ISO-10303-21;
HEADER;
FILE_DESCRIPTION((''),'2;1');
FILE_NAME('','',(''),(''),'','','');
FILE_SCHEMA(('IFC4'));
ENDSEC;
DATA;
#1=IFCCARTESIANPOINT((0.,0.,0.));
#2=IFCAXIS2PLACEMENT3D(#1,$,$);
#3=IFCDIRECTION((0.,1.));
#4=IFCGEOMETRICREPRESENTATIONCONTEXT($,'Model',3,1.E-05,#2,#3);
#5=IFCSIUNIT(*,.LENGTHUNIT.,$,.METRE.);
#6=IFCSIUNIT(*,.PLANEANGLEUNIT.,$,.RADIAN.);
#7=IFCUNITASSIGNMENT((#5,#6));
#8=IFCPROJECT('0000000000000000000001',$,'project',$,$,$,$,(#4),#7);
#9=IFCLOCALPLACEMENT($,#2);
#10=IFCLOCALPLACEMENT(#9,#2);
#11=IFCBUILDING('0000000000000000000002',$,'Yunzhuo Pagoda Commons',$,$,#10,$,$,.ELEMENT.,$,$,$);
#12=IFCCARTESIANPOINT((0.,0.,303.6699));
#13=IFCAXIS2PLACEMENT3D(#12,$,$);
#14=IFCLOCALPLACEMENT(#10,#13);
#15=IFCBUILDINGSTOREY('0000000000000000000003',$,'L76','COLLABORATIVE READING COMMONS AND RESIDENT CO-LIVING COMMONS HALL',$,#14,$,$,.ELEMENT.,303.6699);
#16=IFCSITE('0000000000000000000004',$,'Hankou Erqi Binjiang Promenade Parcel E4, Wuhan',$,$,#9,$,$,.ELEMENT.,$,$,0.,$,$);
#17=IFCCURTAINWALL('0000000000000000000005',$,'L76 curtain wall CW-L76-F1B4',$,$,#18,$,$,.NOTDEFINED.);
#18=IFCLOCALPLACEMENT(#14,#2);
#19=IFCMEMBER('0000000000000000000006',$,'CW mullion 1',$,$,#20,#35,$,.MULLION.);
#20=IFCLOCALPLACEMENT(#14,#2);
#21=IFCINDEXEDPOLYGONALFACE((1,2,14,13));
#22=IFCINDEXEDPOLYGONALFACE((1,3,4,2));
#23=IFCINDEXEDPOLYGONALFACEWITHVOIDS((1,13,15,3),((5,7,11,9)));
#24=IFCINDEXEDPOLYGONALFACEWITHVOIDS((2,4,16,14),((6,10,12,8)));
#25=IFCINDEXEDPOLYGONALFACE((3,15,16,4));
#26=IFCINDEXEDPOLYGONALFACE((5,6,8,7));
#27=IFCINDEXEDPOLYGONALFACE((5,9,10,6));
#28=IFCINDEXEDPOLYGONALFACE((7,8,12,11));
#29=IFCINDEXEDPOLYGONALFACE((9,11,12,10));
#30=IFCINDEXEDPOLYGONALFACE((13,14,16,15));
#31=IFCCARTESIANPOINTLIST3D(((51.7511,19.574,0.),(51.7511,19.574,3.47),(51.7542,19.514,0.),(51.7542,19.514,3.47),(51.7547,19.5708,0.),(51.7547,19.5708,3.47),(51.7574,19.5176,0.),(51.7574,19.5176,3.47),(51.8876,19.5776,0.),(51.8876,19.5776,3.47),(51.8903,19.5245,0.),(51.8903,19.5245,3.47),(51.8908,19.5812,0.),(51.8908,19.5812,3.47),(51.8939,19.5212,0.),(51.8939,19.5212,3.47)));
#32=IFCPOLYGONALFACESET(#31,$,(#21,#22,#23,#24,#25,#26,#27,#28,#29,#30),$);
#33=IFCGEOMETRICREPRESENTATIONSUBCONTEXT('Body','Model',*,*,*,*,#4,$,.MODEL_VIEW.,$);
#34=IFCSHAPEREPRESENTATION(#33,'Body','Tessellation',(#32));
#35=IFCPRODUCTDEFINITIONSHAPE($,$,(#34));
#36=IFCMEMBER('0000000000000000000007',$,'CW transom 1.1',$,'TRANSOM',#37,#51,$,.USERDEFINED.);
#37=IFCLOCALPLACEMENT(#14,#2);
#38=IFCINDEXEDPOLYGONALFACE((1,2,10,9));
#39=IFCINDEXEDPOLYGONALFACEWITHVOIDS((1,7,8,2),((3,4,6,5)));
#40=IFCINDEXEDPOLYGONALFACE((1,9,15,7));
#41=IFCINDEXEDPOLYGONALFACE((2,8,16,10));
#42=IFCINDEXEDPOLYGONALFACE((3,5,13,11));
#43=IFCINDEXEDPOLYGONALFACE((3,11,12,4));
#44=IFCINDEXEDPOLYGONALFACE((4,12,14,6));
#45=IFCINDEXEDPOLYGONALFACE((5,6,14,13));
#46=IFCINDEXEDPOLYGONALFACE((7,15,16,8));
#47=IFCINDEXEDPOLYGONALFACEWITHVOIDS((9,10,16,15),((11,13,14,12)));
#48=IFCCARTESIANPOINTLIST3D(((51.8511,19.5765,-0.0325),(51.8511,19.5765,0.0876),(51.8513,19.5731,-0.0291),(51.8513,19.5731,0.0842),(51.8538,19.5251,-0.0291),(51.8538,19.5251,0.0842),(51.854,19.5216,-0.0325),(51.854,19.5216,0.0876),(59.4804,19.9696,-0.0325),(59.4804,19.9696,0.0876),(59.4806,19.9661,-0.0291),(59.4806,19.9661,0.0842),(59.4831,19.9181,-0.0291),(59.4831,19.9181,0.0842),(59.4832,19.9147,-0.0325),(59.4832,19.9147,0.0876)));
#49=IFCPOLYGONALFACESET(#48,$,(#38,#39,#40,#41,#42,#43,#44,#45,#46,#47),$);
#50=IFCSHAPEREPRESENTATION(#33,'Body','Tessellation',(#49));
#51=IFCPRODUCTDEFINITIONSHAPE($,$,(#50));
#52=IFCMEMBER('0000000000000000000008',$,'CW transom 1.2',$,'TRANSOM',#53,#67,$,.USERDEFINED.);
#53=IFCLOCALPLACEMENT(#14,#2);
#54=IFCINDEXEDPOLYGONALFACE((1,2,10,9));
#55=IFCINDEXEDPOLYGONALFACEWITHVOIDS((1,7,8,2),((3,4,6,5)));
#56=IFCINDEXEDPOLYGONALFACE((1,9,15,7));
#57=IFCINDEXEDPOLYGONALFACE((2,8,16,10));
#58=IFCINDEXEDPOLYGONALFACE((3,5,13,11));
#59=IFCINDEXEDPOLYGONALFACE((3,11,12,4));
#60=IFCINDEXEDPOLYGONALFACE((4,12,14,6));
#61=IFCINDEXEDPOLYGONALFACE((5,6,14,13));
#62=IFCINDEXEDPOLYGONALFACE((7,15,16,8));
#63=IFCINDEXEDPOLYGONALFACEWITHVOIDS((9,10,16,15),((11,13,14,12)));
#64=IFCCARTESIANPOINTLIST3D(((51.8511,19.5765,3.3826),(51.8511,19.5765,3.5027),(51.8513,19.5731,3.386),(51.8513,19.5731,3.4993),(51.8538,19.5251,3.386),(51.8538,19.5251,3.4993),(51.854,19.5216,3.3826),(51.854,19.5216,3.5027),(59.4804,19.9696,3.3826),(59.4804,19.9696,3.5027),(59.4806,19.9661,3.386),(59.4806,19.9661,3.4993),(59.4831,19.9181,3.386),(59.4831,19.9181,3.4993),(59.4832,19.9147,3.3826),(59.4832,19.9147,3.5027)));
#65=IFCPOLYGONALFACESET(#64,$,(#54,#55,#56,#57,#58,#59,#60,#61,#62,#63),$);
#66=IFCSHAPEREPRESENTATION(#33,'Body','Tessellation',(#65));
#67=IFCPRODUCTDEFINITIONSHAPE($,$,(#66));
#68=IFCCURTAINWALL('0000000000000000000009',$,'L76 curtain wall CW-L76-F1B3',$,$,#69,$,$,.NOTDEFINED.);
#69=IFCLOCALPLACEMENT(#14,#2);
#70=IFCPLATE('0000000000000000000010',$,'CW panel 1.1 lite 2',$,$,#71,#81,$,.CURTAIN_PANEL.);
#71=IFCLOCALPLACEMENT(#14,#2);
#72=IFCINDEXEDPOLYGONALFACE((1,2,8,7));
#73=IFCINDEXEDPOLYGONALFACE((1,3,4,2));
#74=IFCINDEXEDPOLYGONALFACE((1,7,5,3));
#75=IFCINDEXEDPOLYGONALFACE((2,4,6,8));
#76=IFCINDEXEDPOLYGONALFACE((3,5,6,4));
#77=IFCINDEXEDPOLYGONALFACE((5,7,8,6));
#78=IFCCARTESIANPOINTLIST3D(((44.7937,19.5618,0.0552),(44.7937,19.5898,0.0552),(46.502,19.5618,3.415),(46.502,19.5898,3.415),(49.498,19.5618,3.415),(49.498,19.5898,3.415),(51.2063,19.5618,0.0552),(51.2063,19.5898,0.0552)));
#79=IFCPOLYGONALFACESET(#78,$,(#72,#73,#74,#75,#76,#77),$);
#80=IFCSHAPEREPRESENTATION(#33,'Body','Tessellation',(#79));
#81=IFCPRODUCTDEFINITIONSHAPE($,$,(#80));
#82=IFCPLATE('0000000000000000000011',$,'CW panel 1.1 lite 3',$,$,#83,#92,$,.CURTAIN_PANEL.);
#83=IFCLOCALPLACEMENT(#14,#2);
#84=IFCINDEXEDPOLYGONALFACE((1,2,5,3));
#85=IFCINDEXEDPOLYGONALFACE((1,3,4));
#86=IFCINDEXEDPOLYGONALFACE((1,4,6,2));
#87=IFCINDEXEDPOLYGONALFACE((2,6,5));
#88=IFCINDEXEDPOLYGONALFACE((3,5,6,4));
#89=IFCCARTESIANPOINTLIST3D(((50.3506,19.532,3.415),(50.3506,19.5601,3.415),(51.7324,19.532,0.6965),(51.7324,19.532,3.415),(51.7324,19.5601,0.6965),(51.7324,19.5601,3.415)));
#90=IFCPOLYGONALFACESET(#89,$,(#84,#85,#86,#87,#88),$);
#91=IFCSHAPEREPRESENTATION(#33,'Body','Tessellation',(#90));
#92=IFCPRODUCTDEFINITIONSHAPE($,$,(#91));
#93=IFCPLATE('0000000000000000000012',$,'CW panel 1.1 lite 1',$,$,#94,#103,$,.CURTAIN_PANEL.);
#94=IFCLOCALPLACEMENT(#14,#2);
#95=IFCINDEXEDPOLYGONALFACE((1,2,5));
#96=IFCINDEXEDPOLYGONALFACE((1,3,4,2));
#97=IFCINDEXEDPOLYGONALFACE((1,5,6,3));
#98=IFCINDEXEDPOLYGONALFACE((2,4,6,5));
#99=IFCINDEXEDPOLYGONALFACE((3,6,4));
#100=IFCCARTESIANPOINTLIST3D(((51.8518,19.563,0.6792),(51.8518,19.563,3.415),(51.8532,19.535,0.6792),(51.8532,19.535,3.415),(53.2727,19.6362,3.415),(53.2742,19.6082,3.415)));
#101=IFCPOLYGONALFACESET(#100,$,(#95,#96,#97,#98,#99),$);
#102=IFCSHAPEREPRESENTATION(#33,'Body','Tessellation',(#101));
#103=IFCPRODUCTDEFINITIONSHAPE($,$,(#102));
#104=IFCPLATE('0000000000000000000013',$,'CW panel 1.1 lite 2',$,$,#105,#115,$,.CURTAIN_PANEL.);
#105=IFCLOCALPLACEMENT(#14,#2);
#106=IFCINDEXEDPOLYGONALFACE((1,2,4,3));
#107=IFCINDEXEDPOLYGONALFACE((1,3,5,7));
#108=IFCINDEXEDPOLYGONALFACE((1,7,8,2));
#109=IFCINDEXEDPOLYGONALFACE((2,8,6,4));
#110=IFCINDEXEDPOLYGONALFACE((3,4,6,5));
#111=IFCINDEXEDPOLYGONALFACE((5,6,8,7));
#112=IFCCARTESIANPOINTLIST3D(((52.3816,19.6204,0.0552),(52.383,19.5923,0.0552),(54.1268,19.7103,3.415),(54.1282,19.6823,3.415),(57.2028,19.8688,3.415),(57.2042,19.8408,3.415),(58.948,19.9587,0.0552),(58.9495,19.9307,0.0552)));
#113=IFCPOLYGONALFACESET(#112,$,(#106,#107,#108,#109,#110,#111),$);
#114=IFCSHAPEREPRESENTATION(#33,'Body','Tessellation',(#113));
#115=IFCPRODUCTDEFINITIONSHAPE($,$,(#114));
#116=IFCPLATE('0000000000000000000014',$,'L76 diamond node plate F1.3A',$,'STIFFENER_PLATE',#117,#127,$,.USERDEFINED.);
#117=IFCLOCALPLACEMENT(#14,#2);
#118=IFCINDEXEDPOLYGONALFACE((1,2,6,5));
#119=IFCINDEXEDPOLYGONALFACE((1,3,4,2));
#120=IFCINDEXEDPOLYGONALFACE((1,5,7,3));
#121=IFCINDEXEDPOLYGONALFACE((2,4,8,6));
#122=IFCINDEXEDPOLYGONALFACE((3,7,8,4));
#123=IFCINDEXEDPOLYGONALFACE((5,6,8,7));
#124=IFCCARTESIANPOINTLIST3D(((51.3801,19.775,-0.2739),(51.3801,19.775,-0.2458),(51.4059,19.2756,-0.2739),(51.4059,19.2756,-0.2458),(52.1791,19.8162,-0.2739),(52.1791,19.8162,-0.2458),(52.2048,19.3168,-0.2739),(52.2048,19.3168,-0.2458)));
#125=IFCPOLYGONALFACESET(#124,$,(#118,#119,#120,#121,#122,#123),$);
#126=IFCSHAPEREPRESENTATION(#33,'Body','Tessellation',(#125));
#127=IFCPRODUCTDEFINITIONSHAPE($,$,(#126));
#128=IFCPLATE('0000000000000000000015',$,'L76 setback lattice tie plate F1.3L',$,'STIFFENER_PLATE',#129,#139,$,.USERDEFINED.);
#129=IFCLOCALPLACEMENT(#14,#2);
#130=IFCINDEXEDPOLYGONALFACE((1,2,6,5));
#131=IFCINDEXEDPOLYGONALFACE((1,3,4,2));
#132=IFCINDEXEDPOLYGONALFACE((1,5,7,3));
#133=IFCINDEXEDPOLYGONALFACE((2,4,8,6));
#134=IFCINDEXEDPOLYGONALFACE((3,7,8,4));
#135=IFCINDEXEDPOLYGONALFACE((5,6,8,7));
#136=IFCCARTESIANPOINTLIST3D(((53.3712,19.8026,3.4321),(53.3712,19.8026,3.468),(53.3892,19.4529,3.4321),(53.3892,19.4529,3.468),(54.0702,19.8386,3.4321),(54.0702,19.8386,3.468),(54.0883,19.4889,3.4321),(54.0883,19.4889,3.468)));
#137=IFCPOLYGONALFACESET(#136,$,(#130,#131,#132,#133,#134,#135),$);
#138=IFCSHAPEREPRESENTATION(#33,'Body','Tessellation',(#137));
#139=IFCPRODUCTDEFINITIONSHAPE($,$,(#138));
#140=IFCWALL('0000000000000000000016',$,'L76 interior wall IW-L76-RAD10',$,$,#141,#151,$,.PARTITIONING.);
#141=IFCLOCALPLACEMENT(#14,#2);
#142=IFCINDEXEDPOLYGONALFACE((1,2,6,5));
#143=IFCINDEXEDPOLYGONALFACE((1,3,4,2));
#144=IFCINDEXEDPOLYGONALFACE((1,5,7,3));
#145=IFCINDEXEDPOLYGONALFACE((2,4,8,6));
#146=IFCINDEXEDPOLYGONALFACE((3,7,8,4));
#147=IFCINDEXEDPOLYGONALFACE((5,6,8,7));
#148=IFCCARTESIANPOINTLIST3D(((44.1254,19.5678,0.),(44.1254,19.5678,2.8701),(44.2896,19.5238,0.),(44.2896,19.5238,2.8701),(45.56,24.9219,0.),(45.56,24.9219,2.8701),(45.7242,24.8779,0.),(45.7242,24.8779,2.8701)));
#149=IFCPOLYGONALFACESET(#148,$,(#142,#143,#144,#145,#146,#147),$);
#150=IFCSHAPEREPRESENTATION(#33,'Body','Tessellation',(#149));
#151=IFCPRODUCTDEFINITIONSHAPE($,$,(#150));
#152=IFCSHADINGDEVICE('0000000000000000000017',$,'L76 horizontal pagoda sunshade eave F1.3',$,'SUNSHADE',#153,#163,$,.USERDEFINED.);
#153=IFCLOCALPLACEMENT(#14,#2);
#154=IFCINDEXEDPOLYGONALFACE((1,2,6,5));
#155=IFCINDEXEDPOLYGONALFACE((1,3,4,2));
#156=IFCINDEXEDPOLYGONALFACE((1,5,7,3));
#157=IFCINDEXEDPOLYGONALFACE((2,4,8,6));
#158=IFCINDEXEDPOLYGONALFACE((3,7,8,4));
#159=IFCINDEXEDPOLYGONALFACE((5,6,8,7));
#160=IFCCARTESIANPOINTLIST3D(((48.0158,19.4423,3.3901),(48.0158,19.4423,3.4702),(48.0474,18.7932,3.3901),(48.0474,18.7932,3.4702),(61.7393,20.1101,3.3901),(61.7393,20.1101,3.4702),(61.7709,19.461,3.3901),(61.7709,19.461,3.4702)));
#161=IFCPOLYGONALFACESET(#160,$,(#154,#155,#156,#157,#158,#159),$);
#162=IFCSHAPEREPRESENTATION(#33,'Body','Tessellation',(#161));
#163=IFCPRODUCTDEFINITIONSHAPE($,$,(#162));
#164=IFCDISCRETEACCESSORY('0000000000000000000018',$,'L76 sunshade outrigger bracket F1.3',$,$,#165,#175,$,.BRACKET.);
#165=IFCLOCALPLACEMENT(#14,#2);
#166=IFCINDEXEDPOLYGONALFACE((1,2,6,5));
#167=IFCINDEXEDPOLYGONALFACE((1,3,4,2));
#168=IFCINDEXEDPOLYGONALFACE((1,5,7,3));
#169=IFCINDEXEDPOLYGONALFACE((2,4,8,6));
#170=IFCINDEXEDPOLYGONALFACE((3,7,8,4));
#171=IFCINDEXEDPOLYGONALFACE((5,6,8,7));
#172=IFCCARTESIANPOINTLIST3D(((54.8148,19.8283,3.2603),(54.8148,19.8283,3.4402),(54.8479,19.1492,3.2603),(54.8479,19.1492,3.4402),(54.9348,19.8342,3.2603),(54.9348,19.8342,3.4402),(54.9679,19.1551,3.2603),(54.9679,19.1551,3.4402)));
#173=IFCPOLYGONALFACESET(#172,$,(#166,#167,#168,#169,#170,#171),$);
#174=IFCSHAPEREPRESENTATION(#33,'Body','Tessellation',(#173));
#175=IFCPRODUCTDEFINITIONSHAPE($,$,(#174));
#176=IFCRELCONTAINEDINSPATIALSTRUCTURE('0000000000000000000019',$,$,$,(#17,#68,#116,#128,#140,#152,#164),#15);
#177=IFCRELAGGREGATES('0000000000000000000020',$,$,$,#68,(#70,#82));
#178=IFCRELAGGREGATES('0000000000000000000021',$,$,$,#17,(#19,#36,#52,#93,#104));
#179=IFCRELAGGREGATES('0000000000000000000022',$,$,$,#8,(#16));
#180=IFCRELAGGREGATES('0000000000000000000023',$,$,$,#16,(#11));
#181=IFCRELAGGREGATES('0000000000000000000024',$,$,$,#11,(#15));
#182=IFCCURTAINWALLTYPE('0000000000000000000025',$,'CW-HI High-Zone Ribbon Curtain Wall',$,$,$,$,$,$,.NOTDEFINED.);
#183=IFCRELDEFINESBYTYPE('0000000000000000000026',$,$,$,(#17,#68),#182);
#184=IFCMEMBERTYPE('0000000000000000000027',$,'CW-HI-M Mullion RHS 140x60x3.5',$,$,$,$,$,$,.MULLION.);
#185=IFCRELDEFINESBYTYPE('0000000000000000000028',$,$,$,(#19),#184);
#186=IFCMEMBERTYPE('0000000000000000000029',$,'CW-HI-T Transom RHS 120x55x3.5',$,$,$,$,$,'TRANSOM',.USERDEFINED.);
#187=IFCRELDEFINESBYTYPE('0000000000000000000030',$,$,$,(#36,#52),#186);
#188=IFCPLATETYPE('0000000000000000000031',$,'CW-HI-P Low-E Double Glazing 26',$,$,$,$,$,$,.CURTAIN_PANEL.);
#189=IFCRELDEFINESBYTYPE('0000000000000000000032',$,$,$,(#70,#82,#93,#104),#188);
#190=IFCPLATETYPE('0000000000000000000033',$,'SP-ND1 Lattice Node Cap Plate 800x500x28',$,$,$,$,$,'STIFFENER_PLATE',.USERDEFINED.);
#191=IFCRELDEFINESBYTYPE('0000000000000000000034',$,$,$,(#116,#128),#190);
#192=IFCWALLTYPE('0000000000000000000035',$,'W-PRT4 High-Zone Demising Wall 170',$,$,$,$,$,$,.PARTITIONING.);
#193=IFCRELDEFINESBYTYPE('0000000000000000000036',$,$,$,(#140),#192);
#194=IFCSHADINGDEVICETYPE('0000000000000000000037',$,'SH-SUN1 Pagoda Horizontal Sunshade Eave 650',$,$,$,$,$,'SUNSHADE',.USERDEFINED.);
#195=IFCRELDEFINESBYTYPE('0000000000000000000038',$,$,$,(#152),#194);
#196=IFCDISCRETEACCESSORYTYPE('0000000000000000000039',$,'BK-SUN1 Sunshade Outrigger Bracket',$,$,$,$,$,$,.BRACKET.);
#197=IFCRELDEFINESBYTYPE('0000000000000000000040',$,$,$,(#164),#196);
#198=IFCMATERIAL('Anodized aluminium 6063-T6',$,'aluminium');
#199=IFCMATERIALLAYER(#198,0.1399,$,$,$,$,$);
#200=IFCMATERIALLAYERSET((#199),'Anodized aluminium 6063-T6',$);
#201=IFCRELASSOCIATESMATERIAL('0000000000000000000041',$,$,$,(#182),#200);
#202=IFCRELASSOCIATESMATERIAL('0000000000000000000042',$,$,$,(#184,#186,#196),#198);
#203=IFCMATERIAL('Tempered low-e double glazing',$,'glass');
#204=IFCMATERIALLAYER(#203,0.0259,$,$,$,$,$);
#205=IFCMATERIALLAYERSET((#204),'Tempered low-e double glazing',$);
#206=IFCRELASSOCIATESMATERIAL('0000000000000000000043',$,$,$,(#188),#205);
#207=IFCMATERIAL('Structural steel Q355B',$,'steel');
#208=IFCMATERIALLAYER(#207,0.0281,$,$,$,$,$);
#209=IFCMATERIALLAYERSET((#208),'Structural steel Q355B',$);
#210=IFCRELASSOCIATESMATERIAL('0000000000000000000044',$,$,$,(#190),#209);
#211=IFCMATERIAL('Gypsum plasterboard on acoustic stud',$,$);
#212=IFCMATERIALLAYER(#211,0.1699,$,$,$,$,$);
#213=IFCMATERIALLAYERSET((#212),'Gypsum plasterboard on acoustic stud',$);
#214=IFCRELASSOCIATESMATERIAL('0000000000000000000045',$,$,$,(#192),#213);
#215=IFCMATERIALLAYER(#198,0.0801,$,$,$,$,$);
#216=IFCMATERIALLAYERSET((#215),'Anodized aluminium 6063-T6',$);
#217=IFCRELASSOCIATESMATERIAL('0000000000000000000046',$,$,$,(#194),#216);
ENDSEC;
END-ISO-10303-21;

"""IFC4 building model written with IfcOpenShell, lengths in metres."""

from ifc_helpers import new_model, si_unit, direction, frame, frame_2d, origin, origin_2d, place, context, subcontext, project, spatial, polyline, rectangle, hollow_rectangle, outline, extrude, source, transform, mapped, material, layer, layer_set, material_profile, profile_set, type_object, element, aggregate, save


model = new_model("IFC4")

# Units and contexts
model_context = context("Model", 3, precision=1e-05, world=origin(), true_north=direction((0.0, 1.0)))
body_context = subcontext(model_context, "Body", "Model", "MODEL_VIEW")
ifc_project = project(units=[si_unit("LENGTHUNIT", "METRE"), si_unit("PLANEANGLEUNIT", "RADIAN")], contexts=[model_context])

# Site, building, storey
site_placement = place(None, origin())
site = spatial("IfcSite", under=ifc_project, at=site_placement, Name="Hankou Erqi Binjiang Promenade Parcel E4, Wuhan", CompositionType="ELEMENT", RefElevation=0.0)
building_placement = place(site_placement, origin())
building = spatial("IfcBuilding", under=site, at=building_placement, Name="Yunzhuo Pagoda Commons", CompositionType="ELEMENT")
storey_placement = place(building_placement, frame((0.0, 0.0, 303.6699)))
storey = spatial("IfcBuildingStorey", under=building, at=storey_placement, Name="L76", Description="COLLABORATIVE READING COMMONS AND RESIDENT CO-LIVING COMMONS HALL", CompositionType="ELEMENT", Elevation=303.6699)

# Shared definitions
ifc_material_1 = material(Name="Structural steel Q355B", Category="steel")

# Curtain wall, members
ifc_material_2 = material(Name="Anodized aluminium 6063-T6", Category="aluminium")
ifc_layer_1 = layer(ifc_material_2, 0.1399)
ifc_layer_set_1 = layer_set([ifc_layer_1], Name="Anodized aluminium 6063-T6")
curtain_wall_type = type_object("IfcCurtainWallType", Name="CW-HI High-Zone Ribbon Curtain Wall", PredefinedType="NOTDEFINED", material=ifc_layer_set_1)
curtain_wall_1_placement = place(storey_placement, origin())
curtain_wall_1 = element("IfcCurtainWall", 1, at=curtain_wall_1_placement, inside=storey, type_object=curtain_wall_type, Name="L76 curtain wall CW-L76-F1B4", PredefinedType="NOTDEFINED")
ifc_material_profile_1 = material_profile(ifc_material_2, hollow_rectangle(XDim=0.0601, YDim=0.1399, WallThickness=0.0034, at=origin_2d()), Name="Anodized aluminium 6063-T6")
ifc_profile_set_1 = profile_set([ifc_material_profile_1], Name="Anodized aluminium 6063-T6")
member_type_1 = type_object("IfcMemberType", Name="CW-HI-M Mullion RHS 140x60x3.5", PredefinedType="MULLION", material=ifc_profile_set_1)
shared_shape_1 = source(origin(), body_context, "Body", "SweptSolid", [
    extrude(hollow_rectangle(XDim=0.0601, YDim=0.1399, WallThickness=0.0034, at=origin_2d()), origin(), (0.0, 0.0, 1.0), 3.47),
])
member_1_placement = place(storey_placement, frame((51.8225, 19.5476, 0.0), z_axis=(0.0, 0.0, 1.0), x_axis=(-0.051462, 0.998675, 0.0)))
member_1 = element("IfcMember", 2, at=member_1_placement, type_object=member_type_1, Name="CW mullion 1", PredefinedType="MULLION", context=body_context, shape_type="MappedRepresentation", body=[
    mapped(shared_shape_1, transform((0.0, 0.0, 0.0), scale=1.0)),
])
ifc_material_profile_2 = material_profile(ifc_material_2, hollow_rectangle(XDim=0.0549, YDim=0.1201, WallThickness=0.0034, at=origin_2d()), Name="Anodized aluminium 6063-T6")
ifc_profile_set_2 = profile_set([ifc_material_profile_2], Name="Anodized aluminium 6063-T6")
member_type_2 = type_object("IfcMemberType", Name="CW-HI-T Transom RHS 120x55x3.5", ElementType="TRANSOM", PredefinedType="USERDEFINED", material=ifc_profile_set_2)
shared_shape_2 = source(origin(), body_context, "Body", "SweptSolid", [
    extrude(hollow_rectangle(XDim=0.0549, YDim=0.1201, WallThickness=0.0034, at=origin_2d()), origin(), (0.0, 0.0, 1.0), 7.6394),
])
member_2_placement = place(storey_placement, frame((51.8525, 19.5491, 0.0276), z_axis=(0.998675, 0.051452, 0.0), x_axis=(-0.051452, 0.998675, 0.0)))
member_2 = element("IfcMember", 3, at=member_2_placement, type_object=member_type_2, Name="CW transom 1.1", ObjectType="TRANSOM", PredefinedType="USERDEFINED", context=body_context, shape_type="MappedRepresentation", body=[
    mapped(shared_shape_2, transform((0.0, 0.0, 0.0), scale=1.0)),
])
member_3_placement = place(storey_placement, frame((51.8525, 19.5491, 3.4426), z_axis=(0.998675, 0.051452, 0.0), x_axis=(-0.051452, 0.998675, 0.0)))
member_3 = element("IfcMember", 4, at=member_3_placement, type_object=member_type_2, Name="CW transom 1.2", ObjectType="TRANSOM", PredefinedType="USERDEFINED", context=body_context, shape_type="MappedRepresentation", body=[
    mapped(shared_shape_2, transform((0.0, 0.0, 0.0), scale=1.0)),
])

# Curtain wall, plates
curtain_wall_2_placement = place(storey_placement, origin())
curtain_wall_2 = element("IfcCurtainWall", 5, at=curtain_wall_2_placement, inside=storey, type_object=curtain_wall_type, Name="L76 curtain wall CW-L76-F1B3", PredefinedType="NOTDEFINED")
ifc_material_3 = material(Name="Tempered low-e double glazing", Category="glass")
ifc_layer_2 = layer(ifc_material_3, 0.0259)
ifc_layer_set_2 = layer_set([ifc_layer_2], Name="Tempered low-e double glazing")
plate_type_1 = type_object("IfcPlateType", Name="CW-HI-P Low-E Double Glazing 26", PredefinedType="CURTAIN_PANEL", material=ifc_layer_set_2)
plate_1_placement = place(storey_placement, frame((48.0, 19.5898, 1.7351), z_axis=(0.0, -1.0, 0.0), x_axis=(1.0, 0.0, 0.0)))
plate_1 = element("IfcPlate", 6, at=plate_1_placement, type_object=plate_type_1, Name="CW panel 1.1 lite 2", PredefinedType="CURTAIN_PANEL", context=body_context, shape_type="SweptSolid", body=[
    extrude(outline(polyline([(-3.2063, -1.6799), (3.2063, -1.6799), (1.498, 1.6799), (-1.498, 1.6799), (-3.2063, -1.6799)])), origin(), (0.0, 0.0, 1.0), 0.0281),
])
plate_2_placement = place(storey_placement, frame((51.0415, 19.5601, 2.0557), z_axis=(0.0, -1.0, 0.0), x_axis=(1.0, 0.0, 0.0)))
plate_2 = element("IfcPlate", 7, at=plate_2_placement, type_object=plate_type_1, Name="CW panel 1.1 lite 3", PredefinedType="CURTAIN_PANEL", context=body_context, shape_type="SweptSolid", body=[
    extrude(outline(polyline([(-0.6909, 1.3594), (0.6909, -1.3591), (0.6909, 1.3594), (-0.6909, 1.3594)])), origin(), (0.0, 0.0, 1.0), 0.0281),
])
aggregate(curtain_wall_2, [plate_1, plate_2])

# Plates
plate_3_placement = place(storey_placement, frame((52.5623, 19.5996, 2.0471), z_axis=(0.051462, -0.998675, 0.0), x_axis=(0.998675, 0.051462, 0.0)))
plate_3 = element("IfcPlate", 8, at=plate_3_placement, type_object=plate_type_1, Name="CW panel 1.1 lite 1", PredefinedType="CURTAIN_PANEL", context=body_context, shape_type="SweptSolid", body=[
    extrude(outline(polyline([(-0.7114, -1.3679), (0.7114, 1.3679), (-0.7114, 1.3679), (-0.7114, -1.3679)])), origin(), (0.0, 0.0, 1.0), 0.0281),
])
plate_4_placement = place(storey_placement, frame((55.6648, 19.7896, 1.7351), z_axis=(0.051462, -0.998675, 0.0), x_axis=(0.998675, 0.051462, 0.0)))
plate_4 = element("IfcPlate", 9, at=plate_4_placement, type_object=plate_type_1, Name="CW panel 1.1 lite 2", PredefinedType="CURTAIN_PANEL", context=body_context, shape_type="SweptSolid", body=[
    extrude(outline(polyline([(-3.2876, -1.6799), (3.2876, -1.6799), (1.54, 1.6799), (-1.54, 1.6799), (-3.2876, -1.6799)])), origin(), (0.0, 0.0, 1.0), 0.0281),
])
aggregate(curtain_wall_1, [member_1, member_2, member_3, plate_3, plate_4])

# Plates
ifc_layer_3 = layer(ifc_material_1, 0.0281)
ifc_layer_set_3 = layer_set([ifc_layer_3], Name="Structural steel Q355B")
plate_type_2 = type_object("IfcPlateType", Name="SP-ND1 Lattice Node Cap Plate 800x500x28", ElementType="STIFFENER_PLATE", PredefinedType="USERDEFINED", material=ifc_layer_set_3)
shared_shape_3 = source(origin(), body_context, "Body", "SweptSolid", [
    extrude(rectangle(XDim=0.8, YDim=0.5, at=origin_2d()), origin(), (0.0, 0.0, 1.0), 0.0281),
])
plate_5_placement = place(storey_placement, frame((51.7925, 19.5459, -0.2739), z_axis=(0.0, 0.0, 1.0), x_axis=(0.998675, 0.051464, 0.0)))
element("IfcPlate", 10, at=plate_5_placement, inside=storey, type_object=plate_type_2, Name="L76 diamond node plate F1.3A", ObjectType="STIFFENER_PLATE", PredefinedType="USERDEFINED", context=body_context, shape_type="MappedRepresentation", body=[
    mapped(shared_shape_3, transform((0.0, 0.0, 0.0), scale=1.0)),
])
shared_shape_4 = source(origin(), body_context, "Body", "SweptSolid", [
    extrude(rectangle(XDim=0.7, YDim=0.3501, at=origin_2d()), origin(), (0.0, 0.0, 1.0), 0.0359),
])
plate_6_placement = place(storey_placement, frame((53.7297, 19.6458, 3.4321), z_axis=(0.0, 0.0, 1.0), x_axis=(0.998675, 0.051464, 0.0)))
element("IfcPlate", 11, at=plate_6_placement, inside=storey, type_object=plate_type_2, Name="L76 setback lattice tie plate F1.3L", ObjectType="STIFFENER_PLATE", PredefinedType="USERDEFINED", context=body_context, shape_type="MappedRepresentation", body=[
    mapped(shared_shape_4, transform((0.0, 0.0, 0.0), scale=1.0)),
])

# Wall
ifc_material_4 = material(Name="Gypsum plasterboard on acoustic stud")
ifc_layer_4 = layer(ifc_material_4, 0.1699)
ifc_layer_set_4 = layer_set([ifc_layer_4], Name="Gypsum plasterboard on acoustic stud")
wall_type = type_object("IfcWallType", Name="W-PRT4 High-Zone Demising Wall 170", PredefinedType="PARTITIONING", material=ifc_layer_set_4)
wall_placement = place(storey_placement, frame((45.6421, 24.8999, 0.0), z_axis=(0.0, 0.0, 1.0), x_axis=(-0.258814, -0.965927, 0.0)))
element("IfcWall", 12, at=wall_placement, inside=storey, type_object=wall_type, Name="L76 interior wall IW-L76-RAD10", PredefinedType="PARTITIONING", context=body_context, shape_type="SweptSolid", body=[
    extrude(rectangle(XDim=5.543, YDim=0.1699, at=frame_2d((2.7715, 0.0))), origin(), (0.0, 0.0, 1.0), 2.8701),
])

# Shading device
ifc_layer_5 = layer(ifc_material_2, 0.0801)
ifc_layer_set_5 = layer_set([ifc_layer_5], Name="Anodized aluminium 6063-T6")
shading_device_type = type_object("IfcShadingDeviceType", Name="SH-SUN1 Pagoda Horizontal Sunshade Eave 650", ElementType="SUNSHADE", PredefinedType="USERDEFINED", material=ifc_layer_set_5)
shared_shape_5 = source(origin(), body_context, "Body", "SweptSolid", [
    extrude(rectangle(XDim=13.7397, YDim=0.6499, at=origin_2d()), origin(), (0.0, 0.0, 1.0), 0.0801),
])
shading_device_placement = place(storey_placement, frame((54.8933, 19.4517, 3.3901), z_axis=(0.0, 0.0, 1.0), x_axis=(0.998818, 0.048606, 0.0)))
element("IfcShadingDevice", 13, at=shading_device_placement, inside=storey, type_object=shading_device_type, Name="L76 horizontal pagoda sunshade eave F1.3", ObjectType="SUNSHADE", PredefinedType="USERDEFINED", context=body_context, shape_type="MappedRepresentation", body=[
    mapped(shared_shape_5, transform((0.0, 0.0, 0.0), scale=1.0)),
])

# Discrete accessory
discrete_accessory_type = type_object("IfcDiscreteAccessoryType", Name="BK-SUN1 Sunshade Outrigger Bracket", PredefinedType="BRACKET", material=ifc_material_2)
shared_shape_6 = source(origin(), body_context, "Body", "SweptSolid", [
    extrude(rectangle(XDim=0.1201, YDim=0.6799, at=origin_2d()), origin(), (0.0, 0.0, 1.0), 0.1799),
])
discrete_accessory_placement = place(storey_placement, frame((54.8914, 19.4917, 3.2603), z_axis=(0.0, 0.0, 1.0), x_axis=(0.998818, 0.048606, 0.0)))
element("IfcDiscreteAccessory", 14, at=discrete_accessory_placement, inside=storey, type_object=discrete_accessory_type, Name="L76 sunshade outrigger bracket F1.3", PredefinedType="BRACKET", context=body_context, shape_type="MappedRepresentation", body=[
    mapped(shared_shape_6, transform((0.0, 0.0, 0.0), scale=1.0)),
])

save(model, "model.ifc")
